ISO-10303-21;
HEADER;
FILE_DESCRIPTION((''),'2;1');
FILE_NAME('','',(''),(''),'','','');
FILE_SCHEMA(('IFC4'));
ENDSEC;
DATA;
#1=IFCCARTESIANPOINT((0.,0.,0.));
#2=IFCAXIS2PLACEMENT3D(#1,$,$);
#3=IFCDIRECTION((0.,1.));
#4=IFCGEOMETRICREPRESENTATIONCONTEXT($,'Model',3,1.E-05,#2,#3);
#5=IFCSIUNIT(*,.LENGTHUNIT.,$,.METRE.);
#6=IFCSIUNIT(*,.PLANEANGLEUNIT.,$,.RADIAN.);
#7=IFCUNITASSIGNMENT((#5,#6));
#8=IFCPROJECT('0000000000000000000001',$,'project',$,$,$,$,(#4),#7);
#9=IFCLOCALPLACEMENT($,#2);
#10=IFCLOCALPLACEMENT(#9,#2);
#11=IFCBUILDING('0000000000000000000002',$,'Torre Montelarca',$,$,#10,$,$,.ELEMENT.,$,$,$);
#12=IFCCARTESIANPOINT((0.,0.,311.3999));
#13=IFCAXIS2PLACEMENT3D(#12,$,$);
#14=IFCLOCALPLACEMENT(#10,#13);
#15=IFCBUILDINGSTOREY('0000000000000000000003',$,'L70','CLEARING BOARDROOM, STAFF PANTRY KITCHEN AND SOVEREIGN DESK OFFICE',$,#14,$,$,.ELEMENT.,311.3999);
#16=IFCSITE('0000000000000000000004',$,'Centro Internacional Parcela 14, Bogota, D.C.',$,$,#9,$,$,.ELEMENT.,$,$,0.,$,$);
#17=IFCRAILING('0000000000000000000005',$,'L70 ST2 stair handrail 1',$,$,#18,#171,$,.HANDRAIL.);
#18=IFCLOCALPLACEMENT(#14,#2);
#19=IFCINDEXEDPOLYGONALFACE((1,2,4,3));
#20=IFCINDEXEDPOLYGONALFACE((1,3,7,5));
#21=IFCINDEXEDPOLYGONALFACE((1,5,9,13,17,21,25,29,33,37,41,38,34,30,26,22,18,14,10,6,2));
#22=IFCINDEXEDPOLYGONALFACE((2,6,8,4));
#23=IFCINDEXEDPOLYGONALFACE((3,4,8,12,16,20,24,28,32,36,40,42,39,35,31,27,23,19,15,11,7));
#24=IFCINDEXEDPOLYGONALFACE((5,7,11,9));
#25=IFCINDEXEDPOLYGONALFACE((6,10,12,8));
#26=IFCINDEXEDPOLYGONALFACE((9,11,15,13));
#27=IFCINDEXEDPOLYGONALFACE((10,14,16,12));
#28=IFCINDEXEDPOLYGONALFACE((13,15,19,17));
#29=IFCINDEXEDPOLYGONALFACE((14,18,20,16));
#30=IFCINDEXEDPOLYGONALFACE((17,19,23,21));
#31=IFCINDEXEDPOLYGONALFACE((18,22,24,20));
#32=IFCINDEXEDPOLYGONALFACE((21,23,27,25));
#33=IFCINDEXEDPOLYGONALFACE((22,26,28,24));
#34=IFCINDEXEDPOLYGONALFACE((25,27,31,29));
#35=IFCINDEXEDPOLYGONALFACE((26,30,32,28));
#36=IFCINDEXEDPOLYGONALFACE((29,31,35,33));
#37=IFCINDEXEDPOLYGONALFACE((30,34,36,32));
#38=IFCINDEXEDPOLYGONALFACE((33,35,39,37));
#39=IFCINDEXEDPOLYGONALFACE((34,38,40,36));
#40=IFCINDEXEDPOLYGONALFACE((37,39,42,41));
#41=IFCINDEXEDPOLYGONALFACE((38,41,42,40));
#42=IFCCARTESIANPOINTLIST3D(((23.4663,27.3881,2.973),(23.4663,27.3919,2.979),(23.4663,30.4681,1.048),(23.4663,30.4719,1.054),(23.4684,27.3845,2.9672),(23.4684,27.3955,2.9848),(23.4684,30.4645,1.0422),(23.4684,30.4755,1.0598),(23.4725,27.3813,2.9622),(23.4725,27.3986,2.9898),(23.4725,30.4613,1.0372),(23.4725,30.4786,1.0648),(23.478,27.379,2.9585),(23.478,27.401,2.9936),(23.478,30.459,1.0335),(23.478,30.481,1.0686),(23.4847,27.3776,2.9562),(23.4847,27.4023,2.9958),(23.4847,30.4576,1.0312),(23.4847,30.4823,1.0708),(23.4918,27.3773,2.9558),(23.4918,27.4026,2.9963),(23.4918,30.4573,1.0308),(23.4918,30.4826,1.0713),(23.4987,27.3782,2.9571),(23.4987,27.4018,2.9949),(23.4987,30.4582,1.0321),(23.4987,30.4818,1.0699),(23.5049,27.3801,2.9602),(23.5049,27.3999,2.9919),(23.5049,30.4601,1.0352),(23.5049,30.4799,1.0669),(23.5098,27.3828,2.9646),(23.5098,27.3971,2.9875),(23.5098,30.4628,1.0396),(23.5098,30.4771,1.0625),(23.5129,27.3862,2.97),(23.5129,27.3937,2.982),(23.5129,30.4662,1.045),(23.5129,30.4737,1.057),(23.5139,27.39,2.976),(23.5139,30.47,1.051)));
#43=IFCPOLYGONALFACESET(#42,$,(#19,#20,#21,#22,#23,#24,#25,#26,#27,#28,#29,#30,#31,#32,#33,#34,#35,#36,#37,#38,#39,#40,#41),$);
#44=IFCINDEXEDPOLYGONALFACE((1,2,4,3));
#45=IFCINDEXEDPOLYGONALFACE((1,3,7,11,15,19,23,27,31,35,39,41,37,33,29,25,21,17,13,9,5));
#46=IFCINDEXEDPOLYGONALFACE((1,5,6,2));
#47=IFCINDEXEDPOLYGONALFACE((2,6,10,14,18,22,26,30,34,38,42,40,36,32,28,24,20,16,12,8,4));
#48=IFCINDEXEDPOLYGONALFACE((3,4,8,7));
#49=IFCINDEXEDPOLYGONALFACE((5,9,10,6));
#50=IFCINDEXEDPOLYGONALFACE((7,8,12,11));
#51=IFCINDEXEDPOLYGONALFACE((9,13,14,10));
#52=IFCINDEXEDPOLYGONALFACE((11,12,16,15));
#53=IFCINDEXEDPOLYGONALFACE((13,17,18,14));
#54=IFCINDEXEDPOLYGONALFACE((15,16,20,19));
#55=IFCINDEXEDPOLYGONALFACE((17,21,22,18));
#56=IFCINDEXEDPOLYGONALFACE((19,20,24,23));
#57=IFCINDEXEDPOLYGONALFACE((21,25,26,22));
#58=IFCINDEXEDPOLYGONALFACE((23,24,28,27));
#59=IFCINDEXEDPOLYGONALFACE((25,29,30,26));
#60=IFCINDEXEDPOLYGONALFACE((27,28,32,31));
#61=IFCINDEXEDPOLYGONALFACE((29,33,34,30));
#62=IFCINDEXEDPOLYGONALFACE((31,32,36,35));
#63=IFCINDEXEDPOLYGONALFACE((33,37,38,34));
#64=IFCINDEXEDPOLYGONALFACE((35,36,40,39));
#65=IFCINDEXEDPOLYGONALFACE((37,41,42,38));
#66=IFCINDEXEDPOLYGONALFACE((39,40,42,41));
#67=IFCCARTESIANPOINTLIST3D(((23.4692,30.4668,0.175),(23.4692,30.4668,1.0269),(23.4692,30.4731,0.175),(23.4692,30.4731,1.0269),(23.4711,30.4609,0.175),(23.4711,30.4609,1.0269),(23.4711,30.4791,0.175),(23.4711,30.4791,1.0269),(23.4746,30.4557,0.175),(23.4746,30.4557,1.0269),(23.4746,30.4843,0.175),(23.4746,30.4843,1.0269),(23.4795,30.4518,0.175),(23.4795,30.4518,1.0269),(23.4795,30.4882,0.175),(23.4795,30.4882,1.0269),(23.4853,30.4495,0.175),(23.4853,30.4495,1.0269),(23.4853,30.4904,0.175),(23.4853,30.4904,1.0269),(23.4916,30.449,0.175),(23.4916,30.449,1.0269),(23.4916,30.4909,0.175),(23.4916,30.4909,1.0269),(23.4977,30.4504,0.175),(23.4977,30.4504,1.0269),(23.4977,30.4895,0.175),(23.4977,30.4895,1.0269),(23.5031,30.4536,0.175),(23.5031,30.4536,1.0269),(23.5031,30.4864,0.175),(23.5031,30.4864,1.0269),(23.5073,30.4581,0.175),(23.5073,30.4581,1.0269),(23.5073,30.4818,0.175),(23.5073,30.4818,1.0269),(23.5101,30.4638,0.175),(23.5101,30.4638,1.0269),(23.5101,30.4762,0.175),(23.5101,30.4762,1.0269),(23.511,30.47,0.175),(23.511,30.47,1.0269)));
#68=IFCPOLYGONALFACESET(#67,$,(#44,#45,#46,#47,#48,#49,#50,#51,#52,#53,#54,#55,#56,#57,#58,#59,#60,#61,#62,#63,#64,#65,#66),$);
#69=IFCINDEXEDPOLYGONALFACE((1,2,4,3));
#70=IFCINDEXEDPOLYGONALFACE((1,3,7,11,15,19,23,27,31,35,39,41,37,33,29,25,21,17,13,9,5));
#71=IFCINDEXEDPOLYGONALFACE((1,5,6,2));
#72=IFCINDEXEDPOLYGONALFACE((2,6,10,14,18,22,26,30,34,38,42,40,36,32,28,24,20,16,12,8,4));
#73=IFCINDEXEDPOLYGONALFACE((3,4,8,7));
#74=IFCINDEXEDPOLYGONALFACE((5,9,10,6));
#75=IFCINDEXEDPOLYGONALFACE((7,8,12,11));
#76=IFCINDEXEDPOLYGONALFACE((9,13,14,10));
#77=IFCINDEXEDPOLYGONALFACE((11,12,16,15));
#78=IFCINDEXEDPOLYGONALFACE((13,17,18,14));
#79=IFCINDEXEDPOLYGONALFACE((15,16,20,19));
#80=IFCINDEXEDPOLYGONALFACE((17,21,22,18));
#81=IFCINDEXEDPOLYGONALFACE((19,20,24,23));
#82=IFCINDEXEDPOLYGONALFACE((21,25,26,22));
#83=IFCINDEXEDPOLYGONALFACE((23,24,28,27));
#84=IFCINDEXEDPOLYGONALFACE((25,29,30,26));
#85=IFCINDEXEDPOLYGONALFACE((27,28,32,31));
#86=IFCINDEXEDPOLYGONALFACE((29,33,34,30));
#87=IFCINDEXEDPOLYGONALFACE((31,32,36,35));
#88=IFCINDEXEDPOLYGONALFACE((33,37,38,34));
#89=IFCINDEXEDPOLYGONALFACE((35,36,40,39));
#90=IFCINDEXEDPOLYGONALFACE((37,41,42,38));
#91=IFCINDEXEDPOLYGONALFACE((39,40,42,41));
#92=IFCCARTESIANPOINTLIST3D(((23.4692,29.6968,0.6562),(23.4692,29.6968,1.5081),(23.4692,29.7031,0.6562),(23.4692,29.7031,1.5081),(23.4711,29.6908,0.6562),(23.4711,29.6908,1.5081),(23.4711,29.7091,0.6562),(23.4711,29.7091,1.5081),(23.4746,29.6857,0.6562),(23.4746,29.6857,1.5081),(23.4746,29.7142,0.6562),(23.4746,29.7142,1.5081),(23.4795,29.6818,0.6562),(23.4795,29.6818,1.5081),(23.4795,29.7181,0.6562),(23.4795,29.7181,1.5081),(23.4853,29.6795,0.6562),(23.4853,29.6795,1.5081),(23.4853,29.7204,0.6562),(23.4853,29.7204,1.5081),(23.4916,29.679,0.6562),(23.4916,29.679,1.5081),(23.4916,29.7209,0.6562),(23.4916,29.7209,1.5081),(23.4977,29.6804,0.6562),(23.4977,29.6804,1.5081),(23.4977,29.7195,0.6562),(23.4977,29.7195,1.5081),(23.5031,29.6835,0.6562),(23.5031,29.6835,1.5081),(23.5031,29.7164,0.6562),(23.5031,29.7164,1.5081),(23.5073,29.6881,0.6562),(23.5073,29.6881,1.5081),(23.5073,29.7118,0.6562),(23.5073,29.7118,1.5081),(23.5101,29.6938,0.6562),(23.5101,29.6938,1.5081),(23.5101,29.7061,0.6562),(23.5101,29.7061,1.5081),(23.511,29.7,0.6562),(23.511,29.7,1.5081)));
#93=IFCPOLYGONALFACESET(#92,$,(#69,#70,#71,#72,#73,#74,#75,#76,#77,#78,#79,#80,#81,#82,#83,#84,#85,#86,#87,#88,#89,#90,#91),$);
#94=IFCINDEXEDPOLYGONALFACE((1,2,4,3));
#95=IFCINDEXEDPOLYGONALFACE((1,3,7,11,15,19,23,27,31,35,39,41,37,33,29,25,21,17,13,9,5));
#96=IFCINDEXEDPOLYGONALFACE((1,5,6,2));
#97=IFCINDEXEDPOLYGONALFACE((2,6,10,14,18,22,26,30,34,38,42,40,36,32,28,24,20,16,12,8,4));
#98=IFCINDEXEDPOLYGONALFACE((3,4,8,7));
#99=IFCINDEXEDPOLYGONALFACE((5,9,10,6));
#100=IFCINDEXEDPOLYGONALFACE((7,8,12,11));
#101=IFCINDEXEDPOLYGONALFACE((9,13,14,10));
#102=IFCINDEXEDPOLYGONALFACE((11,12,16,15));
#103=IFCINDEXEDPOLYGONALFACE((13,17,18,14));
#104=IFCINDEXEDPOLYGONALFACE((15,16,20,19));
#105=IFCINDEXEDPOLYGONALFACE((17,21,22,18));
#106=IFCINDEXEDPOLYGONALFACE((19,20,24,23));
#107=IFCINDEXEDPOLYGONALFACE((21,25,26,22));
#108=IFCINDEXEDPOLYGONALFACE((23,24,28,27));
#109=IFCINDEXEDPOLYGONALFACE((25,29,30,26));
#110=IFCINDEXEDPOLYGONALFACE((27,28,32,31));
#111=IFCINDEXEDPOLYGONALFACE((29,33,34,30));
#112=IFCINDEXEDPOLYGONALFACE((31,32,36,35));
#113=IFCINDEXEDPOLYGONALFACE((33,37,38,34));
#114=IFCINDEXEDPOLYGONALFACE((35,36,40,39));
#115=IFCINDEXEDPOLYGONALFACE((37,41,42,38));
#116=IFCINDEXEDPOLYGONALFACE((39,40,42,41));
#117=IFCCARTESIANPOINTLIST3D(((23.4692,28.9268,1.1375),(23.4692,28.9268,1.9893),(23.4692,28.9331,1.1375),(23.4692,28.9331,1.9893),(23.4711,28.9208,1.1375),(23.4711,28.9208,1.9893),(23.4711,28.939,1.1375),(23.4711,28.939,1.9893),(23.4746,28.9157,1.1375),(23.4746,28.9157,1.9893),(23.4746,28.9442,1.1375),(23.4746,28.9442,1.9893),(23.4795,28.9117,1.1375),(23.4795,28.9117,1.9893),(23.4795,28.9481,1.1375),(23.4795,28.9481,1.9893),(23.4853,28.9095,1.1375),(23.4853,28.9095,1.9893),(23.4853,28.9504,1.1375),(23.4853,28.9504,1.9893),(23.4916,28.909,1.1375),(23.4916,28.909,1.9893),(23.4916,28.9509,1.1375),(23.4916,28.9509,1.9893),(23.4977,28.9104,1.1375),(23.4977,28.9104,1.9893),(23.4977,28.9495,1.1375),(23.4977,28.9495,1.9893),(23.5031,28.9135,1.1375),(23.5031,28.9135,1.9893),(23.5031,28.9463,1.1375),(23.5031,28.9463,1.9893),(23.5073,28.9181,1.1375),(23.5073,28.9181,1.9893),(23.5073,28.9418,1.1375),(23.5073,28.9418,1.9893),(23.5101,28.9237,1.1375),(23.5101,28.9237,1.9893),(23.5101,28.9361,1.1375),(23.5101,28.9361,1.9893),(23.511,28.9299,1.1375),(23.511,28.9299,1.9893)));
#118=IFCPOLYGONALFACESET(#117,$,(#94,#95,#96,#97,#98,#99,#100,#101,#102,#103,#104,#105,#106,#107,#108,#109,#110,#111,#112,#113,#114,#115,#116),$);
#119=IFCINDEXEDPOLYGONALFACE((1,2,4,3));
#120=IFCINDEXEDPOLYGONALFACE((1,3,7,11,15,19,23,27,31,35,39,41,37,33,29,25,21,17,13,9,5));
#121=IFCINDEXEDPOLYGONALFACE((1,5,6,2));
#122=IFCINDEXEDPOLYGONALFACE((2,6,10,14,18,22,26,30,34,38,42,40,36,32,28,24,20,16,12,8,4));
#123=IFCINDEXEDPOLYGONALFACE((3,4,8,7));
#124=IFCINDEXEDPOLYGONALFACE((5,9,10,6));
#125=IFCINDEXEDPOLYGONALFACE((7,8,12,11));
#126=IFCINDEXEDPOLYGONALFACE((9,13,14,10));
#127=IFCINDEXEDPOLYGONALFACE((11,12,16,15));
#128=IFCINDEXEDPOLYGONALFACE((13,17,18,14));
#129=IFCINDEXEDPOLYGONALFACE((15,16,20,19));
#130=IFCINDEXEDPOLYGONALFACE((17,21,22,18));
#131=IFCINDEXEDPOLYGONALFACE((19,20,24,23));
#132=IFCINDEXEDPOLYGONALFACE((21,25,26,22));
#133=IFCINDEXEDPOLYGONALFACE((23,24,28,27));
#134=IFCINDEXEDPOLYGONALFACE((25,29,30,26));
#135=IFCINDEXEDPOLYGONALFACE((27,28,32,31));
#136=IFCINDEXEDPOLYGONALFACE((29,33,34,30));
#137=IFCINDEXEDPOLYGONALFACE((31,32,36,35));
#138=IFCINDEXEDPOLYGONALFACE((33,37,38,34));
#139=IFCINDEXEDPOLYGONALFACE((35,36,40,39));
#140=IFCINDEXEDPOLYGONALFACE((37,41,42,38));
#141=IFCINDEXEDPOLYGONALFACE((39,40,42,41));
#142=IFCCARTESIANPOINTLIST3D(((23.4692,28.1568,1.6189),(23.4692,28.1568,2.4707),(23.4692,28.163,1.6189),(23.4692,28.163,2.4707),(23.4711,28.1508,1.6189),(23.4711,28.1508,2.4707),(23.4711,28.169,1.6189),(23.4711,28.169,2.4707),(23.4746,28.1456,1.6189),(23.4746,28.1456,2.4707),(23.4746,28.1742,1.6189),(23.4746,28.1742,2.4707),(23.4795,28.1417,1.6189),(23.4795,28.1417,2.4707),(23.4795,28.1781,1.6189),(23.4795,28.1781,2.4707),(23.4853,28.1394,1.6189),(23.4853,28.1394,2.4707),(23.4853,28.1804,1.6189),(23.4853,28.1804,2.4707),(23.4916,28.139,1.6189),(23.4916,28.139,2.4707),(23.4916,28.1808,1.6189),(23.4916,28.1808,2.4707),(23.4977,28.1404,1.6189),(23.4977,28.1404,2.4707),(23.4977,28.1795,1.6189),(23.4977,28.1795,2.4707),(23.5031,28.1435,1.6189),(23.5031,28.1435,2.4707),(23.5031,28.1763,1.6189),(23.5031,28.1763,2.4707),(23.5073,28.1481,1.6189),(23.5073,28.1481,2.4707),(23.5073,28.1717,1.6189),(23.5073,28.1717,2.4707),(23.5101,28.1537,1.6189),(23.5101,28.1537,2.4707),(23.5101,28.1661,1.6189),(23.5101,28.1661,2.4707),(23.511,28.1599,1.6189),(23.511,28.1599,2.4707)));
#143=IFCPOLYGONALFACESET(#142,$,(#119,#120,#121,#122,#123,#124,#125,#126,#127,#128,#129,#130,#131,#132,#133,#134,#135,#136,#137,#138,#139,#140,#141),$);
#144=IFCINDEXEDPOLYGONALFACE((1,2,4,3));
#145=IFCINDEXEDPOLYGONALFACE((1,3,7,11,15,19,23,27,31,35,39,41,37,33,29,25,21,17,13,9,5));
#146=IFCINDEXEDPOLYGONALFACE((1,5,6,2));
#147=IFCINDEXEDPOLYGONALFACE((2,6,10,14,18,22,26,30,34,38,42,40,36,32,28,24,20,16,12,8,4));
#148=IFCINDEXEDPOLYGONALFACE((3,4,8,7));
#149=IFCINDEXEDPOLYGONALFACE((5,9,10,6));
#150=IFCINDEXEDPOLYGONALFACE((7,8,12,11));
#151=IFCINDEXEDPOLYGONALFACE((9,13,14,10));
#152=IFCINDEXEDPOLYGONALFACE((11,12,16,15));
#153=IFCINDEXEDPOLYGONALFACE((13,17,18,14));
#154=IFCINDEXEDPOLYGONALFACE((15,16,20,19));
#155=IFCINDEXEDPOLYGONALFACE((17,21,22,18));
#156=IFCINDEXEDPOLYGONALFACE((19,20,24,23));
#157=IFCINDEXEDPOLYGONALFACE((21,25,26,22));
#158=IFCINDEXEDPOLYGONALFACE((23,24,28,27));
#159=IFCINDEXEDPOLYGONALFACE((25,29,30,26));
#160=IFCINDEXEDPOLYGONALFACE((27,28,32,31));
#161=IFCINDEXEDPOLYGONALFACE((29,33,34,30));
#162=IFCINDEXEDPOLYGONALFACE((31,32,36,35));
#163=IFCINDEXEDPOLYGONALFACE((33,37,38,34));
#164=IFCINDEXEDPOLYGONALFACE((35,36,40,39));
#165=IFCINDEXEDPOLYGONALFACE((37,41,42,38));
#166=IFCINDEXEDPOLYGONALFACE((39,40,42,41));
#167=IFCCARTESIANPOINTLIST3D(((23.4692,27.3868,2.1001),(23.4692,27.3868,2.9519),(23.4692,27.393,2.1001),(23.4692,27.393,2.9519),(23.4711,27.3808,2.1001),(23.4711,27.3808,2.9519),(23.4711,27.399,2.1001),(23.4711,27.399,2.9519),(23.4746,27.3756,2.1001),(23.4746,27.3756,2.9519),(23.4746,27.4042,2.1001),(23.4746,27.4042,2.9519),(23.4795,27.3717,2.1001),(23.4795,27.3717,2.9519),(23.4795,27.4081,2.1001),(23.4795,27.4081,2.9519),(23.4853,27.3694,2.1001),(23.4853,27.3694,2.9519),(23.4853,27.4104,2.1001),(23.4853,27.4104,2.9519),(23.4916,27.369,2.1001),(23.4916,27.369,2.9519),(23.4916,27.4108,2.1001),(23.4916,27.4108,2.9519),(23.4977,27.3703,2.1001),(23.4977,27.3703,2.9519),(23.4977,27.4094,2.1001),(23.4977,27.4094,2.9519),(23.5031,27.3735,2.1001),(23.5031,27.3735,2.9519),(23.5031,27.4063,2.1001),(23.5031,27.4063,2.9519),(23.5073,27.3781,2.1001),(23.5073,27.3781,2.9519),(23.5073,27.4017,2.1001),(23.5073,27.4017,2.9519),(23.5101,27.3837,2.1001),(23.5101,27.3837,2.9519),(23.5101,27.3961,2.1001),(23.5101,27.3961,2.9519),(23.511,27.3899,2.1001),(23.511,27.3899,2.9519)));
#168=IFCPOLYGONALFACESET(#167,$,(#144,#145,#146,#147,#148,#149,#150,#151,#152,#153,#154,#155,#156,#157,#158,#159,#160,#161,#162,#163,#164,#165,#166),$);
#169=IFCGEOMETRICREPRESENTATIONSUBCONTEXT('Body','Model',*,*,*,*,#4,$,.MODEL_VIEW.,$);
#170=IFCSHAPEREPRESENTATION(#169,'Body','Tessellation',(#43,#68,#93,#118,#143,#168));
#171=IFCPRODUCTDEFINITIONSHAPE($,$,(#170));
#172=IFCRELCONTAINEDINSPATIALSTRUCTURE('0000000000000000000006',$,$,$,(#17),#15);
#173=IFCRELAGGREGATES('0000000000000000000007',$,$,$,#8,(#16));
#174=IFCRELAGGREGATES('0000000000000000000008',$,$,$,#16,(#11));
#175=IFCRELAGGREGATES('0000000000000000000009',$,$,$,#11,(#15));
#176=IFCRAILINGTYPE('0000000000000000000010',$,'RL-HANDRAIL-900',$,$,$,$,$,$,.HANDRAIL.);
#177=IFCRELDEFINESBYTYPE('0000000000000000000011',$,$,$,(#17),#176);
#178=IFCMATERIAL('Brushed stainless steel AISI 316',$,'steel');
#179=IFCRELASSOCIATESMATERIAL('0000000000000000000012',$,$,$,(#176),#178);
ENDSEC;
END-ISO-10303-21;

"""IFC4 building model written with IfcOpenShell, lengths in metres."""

from ifc_helpers import new_model, si_unit, direction, frame, origin, origin_2d, place, context, subcontext, project, spatial, circle, extrude, material, type_object, element, save


model = new_model("IFC4")

# Units and contexts
model_context = context("Model", 3, precision=1e-05, world=origin(), true_north=direction((0.0, 1.0)))
body_context = subcontext(model_context, "Body", "Model", "MODEL_VIEW")
ifc_project = project(units=[si_unit("LENGTHUNIT", "METRE"), si_unit("PLANEANGLEUNIT", "RADIAN")], contexts=[model_context])

# Site, building, storey
site_placement = place(None, origin())
site = spatial("IfcSite", under=ifc_project, at=site_placement, Name="Centro Internacional Parcela 14, Bogota, D.C.", CompositionType="ELEMENT", RefElevation=0.0)
building_placement = place(site_placement, origin())
building = spatial("IfcBuilding", under=site, at=building_placement, Name="Torre Montelarca", CompositionType="ELEMENT")
storey_placement = place(building_placement, frame((0.0, 0.0, 311.3999)))
storey = spatial("IfcBuildingStorey", under=building, at=storey_placement, Name="L70", Description="CLEARING BOARDROOM, STAFF PANTRY KITCHEN AND SOVEREIGN DESK OFFICE", CompositionType="ELEMENT", Elevation=311.3999)

# Railing
ifc_material_1 = material(Name="Brushed stainless steel AISI 316", Category="steel")
railing_type_1 = type_object("IfcRailingType", Name="RL-HANDRAIL-900", PredefinedType="HANDRAIL", material=ifc_material_1)
railing_1_placement = place(storey_placement, frame((23.49, 30.47, 0.175)))
element("IfcRailing", 1, at=railing_1_placement, inside=storey, type_object=railing_type_1, Name="L70 ST2 stair handrail 1", PredefinedType="HANDRAIL", context=body_context, shape_type="SweptSolid", body=[
    extrude(circle(Radius=0.0239, at=origin_2d()), frame((0.0, 0.0, 0.876), z_axis=(0.0, -0.847998, 0.529999), x_axis=(1.0, 0.0, 0.0)), (0.0, 0.0, 1.0), 3.6321),
    extrude(circle(Radius=0.021, at=origin_2d()), origin(), (0.0, 0.0, 1.0), 0.8518),
    extrude(circle(Radius=0.021, at=origin_2d()), frame((0.0, -0.77, 0.4812)), (0.0, 0.0, 1.0), 0.8518),
    extrude(circle(Radius=0.021, at=origin_2d()), frame((0.0, -1.54, 0.9624)), (0.0, 0.0, 1.0), 0.8518),
    extrude(circle(Radius=0.021, at=origin_2d()), frame((0.0, -2.3101, 1.4438)), (0.0, 0.0, 1.0), 0.8518),
    extrude(circle(Radius=0.021, at=origin_2d()), frame((0.0, -3.0801, 1.925)), (0.0, 0.0, 1.0), 0.8518),
])

save(model, "model.ifc")
